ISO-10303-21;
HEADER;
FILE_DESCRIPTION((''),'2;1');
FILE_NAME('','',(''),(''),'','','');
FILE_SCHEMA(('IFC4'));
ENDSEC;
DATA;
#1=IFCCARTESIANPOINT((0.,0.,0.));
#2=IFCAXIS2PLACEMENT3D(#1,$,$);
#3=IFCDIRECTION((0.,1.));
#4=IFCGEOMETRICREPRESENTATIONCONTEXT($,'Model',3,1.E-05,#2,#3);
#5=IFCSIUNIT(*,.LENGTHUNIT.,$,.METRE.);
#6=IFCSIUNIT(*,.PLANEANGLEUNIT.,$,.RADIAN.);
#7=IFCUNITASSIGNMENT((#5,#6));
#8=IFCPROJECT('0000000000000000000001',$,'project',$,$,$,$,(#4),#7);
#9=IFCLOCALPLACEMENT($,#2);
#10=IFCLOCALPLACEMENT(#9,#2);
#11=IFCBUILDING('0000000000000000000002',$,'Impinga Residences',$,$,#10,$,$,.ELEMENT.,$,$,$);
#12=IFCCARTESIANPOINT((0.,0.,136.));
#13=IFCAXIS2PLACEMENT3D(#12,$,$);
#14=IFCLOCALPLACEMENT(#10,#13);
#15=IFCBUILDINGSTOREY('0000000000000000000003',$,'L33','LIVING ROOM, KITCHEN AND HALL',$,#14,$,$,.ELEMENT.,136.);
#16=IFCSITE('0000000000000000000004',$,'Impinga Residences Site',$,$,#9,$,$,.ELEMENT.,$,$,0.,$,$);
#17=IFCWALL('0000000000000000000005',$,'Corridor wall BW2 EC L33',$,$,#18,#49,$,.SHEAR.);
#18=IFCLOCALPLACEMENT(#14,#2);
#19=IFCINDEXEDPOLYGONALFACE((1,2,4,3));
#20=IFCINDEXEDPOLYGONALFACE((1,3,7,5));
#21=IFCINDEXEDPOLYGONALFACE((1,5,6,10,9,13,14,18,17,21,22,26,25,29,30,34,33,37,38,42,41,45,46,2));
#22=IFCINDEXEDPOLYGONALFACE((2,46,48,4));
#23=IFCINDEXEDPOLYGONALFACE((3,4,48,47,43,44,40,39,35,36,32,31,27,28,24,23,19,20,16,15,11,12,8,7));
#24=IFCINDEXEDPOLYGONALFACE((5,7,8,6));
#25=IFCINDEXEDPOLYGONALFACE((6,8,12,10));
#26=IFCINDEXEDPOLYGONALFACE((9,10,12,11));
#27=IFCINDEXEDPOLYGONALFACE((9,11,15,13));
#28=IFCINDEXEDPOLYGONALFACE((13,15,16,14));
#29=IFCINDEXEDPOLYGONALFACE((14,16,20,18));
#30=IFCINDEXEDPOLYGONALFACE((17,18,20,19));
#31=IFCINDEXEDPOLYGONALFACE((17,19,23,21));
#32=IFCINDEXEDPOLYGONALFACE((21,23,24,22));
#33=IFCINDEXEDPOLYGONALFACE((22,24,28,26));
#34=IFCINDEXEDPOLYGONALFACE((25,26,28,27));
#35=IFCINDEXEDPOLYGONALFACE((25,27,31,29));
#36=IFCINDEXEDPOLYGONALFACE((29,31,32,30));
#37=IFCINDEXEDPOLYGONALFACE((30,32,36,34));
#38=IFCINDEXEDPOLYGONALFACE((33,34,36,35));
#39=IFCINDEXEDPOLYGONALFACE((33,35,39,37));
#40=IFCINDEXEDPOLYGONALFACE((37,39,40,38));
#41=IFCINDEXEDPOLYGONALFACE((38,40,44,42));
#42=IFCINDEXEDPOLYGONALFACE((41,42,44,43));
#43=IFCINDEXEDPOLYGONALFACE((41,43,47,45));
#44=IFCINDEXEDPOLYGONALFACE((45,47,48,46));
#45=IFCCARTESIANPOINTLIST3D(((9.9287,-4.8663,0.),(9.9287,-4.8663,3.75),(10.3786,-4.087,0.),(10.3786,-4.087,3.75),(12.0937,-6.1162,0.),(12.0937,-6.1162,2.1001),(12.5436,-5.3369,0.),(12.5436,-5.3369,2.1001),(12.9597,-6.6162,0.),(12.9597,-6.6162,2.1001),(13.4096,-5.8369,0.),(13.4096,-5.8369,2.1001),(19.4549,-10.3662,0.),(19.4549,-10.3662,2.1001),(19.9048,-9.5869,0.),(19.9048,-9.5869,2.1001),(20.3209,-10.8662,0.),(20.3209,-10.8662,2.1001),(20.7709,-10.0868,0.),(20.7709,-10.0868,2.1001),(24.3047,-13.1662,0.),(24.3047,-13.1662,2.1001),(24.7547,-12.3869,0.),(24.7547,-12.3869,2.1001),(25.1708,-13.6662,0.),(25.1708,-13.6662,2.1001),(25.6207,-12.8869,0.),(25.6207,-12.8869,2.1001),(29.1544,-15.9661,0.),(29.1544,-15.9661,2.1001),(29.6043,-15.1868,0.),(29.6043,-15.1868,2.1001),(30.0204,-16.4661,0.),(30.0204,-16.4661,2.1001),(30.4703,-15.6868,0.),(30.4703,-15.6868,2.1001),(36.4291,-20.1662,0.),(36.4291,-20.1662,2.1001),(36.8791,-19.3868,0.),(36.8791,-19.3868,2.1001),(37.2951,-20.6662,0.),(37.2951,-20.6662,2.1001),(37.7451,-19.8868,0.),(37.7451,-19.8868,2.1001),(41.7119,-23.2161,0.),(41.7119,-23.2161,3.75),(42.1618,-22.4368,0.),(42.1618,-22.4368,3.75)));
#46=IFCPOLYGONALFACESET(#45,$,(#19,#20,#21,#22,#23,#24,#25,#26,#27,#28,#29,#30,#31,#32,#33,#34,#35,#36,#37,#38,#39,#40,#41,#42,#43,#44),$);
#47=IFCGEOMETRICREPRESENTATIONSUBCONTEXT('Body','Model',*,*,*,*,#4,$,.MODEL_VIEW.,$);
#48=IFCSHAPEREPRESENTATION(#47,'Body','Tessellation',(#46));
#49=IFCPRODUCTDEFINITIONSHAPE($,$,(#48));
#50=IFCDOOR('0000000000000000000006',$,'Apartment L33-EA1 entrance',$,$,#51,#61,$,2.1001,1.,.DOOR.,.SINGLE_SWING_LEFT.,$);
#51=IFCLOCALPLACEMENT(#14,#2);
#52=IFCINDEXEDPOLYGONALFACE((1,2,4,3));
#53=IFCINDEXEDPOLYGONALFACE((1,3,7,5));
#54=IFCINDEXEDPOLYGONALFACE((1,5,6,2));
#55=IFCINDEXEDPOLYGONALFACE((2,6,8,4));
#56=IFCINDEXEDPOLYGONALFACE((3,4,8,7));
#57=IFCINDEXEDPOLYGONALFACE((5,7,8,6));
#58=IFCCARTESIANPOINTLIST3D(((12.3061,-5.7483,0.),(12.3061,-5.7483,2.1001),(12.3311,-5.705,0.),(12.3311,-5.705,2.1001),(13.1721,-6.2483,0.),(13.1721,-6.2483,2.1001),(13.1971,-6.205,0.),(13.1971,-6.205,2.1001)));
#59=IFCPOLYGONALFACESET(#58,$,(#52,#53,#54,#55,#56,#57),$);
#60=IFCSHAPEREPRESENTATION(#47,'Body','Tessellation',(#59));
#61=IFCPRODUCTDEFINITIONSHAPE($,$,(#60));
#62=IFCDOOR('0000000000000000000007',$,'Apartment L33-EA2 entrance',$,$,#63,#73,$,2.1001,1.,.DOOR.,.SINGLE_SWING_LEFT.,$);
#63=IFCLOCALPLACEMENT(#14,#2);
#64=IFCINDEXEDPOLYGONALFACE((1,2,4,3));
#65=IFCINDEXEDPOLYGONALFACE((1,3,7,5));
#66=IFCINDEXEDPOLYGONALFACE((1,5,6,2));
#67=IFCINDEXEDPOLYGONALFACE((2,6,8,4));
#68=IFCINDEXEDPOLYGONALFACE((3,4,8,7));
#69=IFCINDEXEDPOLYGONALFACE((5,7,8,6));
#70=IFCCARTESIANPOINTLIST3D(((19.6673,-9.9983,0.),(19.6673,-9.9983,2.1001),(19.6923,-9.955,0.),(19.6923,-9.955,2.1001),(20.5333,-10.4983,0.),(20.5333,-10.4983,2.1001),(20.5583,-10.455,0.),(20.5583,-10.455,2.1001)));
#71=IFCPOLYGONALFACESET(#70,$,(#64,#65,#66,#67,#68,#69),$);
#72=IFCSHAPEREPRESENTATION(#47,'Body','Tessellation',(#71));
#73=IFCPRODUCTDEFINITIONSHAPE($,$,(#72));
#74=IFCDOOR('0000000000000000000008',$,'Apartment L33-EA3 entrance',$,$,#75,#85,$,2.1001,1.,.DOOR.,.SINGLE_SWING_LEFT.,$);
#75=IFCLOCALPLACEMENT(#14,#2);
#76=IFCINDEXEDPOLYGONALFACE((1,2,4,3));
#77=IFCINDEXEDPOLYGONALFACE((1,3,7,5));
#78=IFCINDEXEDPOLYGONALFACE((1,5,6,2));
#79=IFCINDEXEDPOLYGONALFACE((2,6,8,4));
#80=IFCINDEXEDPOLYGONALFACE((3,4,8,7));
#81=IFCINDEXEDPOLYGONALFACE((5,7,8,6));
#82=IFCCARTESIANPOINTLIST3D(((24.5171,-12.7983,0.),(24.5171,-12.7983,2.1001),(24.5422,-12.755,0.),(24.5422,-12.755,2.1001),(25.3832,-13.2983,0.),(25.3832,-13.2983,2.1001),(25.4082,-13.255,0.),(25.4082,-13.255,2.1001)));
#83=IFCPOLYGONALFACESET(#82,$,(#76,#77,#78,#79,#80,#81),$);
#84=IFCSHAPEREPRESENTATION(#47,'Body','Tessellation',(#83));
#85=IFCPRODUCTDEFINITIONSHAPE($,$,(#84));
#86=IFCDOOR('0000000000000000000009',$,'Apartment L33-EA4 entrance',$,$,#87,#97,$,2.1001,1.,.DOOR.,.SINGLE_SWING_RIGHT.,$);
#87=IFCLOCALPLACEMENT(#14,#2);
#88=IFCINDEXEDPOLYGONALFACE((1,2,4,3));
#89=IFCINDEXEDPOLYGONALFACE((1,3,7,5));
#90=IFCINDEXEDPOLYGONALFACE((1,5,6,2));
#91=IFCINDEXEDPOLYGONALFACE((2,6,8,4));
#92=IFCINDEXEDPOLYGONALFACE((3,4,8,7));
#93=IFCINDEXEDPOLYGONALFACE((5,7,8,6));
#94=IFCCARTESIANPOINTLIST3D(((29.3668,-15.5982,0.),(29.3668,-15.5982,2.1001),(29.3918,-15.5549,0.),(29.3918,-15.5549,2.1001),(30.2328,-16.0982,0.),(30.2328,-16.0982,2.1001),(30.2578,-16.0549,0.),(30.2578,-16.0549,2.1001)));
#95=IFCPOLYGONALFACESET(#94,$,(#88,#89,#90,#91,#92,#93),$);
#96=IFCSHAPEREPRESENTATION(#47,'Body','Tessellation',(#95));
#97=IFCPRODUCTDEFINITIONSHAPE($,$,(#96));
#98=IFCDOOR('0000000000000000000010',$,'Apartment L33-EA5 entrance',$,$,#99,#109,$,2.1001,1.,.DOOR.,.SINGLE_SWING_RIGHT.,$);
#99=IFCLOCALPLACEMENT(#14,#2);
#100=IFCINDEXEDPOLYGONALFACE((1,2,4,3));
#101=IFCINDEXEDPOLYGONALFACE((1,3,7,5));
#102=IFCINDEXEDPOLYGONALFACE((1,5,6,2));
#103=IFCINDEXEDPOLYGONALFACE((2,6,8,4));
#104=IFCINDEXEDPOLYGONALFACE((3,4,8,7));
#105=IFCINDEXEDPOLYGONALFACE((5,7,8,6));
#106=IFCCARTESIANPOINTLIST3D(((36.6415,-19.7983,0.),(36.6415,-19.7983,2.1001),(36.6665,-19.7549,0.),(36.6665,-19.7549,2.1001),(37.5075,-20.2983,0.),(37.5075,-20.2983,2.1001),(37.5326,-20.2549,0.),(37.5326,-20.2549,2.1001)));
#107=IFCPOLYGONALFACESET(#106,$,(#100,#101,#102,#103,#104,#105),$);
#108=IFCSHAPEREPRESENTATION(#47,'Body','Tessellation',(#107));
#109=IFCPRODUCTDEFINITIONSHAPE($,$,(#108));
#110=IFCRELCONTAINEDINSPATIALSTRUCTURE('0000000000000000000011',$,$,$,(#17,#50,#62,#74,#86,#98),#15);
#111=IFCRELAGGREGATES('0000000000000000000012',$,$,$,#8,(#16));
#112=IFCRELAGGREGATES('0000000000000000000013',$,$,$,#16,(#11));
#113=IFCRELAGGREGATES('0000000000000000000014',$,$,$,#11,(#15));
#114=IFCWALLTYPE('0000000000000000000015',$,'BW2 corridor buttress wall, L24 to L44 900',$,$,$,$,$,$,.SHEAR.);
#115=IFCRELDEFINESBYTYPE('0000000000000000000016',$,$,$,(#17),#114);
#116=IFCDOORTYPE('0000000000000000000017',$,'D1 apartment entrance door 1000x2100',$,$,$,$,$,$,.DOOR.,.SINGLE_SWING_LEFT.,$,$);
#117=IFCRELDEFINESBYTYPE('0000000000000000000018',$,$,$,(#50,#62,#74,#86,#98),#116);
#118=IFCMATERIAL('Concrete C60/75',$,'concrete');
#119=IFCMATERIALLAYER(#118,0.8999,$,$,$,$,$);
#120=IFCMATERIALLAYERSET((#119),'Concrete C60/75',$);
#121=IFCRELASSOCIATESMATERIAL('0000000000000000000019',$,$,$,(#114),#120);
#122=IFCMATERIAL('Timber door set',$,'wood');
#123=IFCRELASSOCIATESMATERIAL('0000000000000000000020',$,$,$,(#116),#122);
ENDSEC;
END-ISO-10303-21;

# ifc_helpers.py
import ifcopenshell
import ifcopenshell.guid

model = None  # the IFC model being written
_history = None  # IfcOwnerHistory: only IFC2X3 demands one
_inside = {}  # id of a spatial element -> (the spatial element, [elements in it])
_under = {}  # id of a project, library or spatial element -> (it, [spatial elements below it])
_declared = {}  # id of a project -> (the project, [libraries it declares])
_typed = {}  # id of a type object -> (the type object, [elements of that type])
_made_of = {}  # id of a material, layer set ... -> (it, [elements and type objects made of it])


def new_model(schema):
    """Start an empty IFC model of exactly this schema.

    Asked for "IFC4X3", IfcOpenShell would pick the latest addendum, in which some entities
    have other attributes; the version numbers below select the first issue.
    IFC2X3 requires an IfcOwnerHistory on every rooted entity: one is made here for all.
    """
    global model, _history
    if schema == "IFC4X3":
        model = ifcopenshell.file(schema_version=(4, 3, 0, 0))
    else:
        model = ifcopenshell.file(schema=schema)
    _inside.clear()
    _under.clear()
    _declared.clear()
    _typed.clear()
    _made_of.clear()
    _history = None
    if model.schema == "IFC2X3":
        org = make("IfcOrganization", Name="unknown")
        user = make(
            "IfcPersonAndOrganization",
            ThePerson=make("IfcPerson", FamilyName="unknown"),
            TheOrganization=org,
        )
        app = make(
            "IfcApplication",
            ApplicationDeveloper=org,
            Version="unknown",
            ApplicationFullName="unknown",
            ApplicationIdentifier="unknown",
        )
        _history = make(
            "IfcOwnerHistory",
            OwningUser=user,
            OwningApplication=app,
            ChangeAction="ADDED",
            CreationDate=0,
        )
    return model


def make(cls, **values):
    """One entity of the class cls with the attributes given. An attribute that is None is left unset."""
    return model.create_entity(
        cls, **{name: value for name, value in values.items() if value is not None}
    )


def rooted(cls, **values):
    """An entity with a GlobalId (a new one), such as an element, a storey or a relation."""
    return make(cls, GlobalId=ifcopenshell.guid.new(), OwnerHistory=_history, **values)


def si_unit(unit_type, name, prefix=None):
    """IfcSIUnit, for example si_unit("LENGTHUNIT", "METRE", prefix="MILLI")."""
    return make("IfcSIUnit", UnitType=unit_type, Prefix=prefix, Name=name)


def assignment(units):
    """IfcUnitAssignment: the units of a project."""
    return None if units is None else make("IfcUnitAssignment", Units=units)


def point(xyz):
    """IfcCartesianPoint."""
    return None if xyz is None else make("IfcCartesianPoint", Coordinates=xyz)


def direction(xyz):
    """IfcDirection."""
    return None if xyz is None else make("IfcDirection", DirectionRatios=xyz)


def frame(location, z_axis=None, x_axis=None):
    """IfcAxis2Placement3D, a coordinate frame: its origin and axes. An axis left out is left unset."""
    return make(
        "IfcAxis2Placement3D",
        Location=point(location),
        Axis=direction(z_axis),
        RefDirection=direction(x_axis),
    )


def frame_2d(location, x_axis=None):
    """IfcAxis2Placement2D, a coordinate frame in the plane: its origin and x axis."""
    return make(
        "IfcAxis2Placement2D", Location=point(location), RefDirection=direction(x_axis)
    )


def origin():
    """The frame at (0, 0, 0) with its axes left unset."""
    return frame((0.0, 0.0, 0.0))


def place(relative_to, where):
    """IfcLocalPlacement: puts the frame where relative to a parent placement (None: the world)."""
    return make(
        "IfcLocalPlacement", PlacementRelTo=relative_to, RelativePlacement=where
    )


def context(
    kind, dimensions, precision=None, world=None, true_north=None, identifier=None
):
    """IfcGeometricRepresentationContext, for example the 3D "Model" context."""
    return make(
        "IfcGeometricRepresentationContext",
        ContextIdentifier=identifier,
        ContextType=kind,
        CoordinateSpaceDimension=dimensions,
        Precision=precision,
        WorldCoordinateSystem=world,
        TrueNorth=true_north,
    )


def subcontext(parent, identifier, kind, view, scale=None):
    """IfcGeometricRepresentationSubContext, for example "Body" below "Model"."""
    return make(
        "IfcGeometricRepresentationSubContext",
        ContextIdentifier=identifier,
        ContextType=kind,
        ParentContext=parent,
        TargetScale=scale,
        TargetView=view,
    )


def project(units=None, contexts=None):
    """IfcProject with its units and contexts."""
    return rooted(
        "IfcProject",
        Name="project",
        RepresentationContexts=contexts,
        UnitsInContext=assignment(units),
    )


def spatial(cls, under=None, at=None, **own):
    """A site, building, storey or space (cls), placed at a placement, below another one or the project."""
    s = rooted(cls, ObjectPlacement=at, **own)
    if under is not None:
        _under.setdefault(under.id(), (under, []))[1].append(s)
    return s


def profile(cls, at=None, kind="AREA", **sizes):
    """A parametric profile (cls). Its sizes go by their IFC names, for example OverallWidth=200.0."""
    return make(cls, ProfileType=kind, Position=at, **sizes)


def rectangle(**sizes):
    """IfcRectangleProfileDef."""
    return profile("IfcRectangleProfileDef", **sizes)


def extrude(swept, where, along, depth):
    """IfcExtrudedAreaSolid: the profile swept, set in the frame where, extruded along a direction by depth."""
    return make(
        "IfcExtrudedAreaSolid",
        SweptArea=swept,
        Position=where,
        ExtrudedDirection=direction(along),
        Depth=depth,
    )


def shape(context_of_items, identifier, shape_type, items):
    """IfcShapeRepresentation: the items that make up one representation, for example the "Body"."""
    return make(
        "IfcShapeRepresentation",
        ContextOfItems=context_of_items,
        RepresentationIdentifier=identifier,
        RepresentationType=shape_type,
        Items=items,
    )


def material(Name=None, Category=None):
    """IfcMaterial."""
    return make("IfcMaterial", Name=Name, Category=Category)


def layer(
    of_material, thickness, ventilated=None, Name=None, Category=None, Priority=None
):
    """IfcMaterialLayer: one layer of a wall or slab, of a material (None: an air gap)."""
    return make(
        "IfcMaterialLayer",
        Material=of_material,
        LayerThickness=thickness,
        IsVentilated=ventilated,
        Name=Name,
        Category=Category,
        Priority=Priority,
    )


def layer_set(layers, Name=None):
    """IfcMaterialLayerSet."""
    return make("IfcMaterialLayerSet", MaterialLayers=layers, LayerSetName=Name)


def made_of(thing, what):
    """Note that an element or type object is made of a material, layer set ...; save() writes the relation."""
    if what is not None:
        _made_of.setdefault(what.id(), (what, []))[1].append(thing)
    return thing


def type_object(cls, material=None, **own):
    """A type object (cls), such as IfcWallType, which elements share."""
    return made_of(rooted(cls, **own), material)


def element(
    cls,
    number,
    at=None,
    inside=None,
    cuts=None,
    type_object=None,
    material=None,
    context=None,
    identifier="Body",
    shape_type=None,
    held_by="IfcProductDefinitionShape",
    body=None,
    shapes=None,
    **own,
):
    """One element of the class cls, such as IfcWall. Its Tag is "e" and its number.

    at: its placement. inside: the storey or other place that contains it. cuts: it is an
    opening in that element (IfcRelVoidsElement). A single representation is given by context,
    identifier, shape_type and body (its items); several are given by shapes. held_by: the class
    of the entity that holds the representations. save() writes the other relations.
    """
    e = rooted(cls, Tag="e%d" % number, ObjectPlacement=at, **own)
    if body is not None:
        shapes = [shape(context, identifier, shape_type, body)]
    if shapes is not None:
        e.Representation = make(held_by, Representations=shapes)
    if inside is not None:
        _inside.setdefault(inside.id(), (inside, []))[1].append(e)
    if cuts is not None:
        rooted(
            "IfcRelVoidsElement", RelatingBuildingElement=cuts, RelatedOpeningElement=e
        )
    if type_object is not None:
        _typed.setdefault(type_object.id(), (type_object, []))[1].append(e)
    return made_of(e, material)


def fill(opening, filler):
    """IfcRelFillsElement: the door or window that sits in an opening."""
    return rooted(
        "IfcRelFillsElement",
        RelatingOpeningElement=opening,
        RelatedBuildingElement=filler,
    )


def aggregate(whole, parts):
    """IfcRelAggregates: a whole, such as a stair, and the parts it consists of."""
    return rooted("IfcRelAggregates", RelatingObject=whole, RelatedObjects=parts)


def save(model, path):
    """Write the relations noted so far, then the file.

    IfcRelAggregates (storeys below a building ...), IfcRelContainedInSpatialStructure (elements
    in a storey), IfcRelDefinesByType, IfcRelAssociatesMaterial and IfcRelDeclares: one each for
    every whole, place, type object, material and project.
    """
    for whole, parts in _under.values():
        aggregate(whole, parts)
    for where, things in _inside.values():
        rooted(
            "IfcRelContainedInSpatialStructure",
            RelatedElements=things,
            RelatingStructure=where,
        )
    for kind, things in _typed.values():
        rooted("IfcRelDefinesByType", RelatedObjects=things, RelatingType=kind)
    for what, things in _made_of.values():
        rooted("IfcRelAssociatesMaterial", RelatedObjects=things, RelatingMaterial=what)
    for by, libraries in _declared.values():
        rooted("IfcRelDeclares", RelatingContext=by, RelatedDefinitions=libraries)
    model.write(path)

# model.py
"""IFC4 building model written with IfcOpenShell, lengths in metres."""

from ifc_helpers import new_model, si_unit, direction, frame, frame_2d, origin, place, context, subcontext, project, spatial, rectangle, extrude, material, layer, layer_set, type_object, element, fill, save


model = new_model("IFC4")

# Units and contexts
model_context = context("Model", 3, precision=1e-05, world=origin(), true_north=direction((0.0, 1.0)))
body_context = subcontext(model_context, "Body", "Model", "MODEL_VIEW")
ifc_project = project(units=[si_unit("LENGTHUNIT", "METRE"), si_unit("PLANEANGLEUNIT", "RADIAN")], contexts=[model_context])

# Site, building, storey
site_placement = place(None, origin())
site = spatial("IfcSite", under=ifc_project, at=site_placement, Name="Impinga Residences Site", CompositionType="ELEMENT", RefElevation=0.0)
building_placement = place(site_placement, origin())
building = spatial("IfcBuilding", under=site, at=building_placement, Name="Impinga Residences", CompositionType="ELEMENT")
storey_placement = place(building_placement, frame((0.0, 0.0, 136.0)))
storey = spatial("IfcBuildingStorey", under=building, at=storey_placement, Name="L33", Description="LIVING ROOM, KITCHEN AND HALL", CompositionType="ELEMENT", Elevation=136.0)

# Wall, openings, doors
ifc_material_1 = material(Name="Concrete C60/75", Category="concrete")
ifc_layer_1 = layer(ifc_material_1, 0.8999)
ifc_layer_set_1 = layer_set([ifc_layer_1], Name="Concrete C60/75")
wall_type_1 = type_object("IfcWallType", Name="BW2 corridor buttress wall, L24 to L44 900", PredefinedType="SHEAR", material=ifc_layer_set_1)
wall_1_placement = place(storey_placement, frame((10.1536, -4.4766, 0.0), z_axis=(0.0, 0.0, 1.0), x_axis=(0.866028, -0.499996, 0.0)))
wall_1 = element("IfcWall", 1, at=wall_1_placement, inside=storey, type_object=wall_type_1, Name="Corridor wall BW2 EC L33", PredefinedType="SHEAR", context=body_context, shape_type="SweptSolid", body=[
    extrude(rectangle(XDim=36.7, YDim=0.8999, at=frame_2d((18.3501, 0.0))), origin(), (0.0, 0.0, 1.0), 3.75),
])
opening_1_placement = place(wall_1_placement, frame((2.5, 0.0, 0.0)))
opening_1 = element("IfcOpeningElement", 2, at=opening_1_placement, cuts=wall_1, PredefinedType="OPENING", context=body_context, shape_type="SweptSolid", body=[
    extrude(rectangle(XDim=1.0, YDim=2.1001, at=frame_2d((0.5, 1.05))), frame((0.0, 0.46, 0.0), z_axis=(0.0, -1.0, 0.0), x_axis=(1.0, 0.0, 0.0)), (0.0, 0.0, 1.0), 0.9199),
])
opening_2_placement = place(wall_1_placement, frame((11.0, 0.0, 0.0)))
opening_2 = element("IfcOpeningElement", 3, at=opening_2_placement, cuts=wall_1, PredefinedType="OPENING", context=body_context, shape_type="SweptSolid", body=[
    extrude(rectangle(XDim=1.0, YDim=2.1001, at=frame_2d((0.5, 1.05))), frame((0.0, 0.46, 0.0), z_axis=(0.0, -1.0, 0.0), x_axis=(1.0, 0.0, 0.0)), (0.0, 0.0, 1.0), 0.9199),
])
opening_3_placement = place(wall_1_placement, frame((16.6001, 0.0, 0.0)))
opening_3 = element("IfcOpeningElement", 4, at=opening_3_placement, cuts=wall_1, PredefinedType="OPENING", context=body_context, shape_type="SweptSolid", body=[
    extrude(rectangle(XDim=1.0, YDim=2.1001, at=frame_2d((0.5, 1.05))), frame((0.0, 0.46, 0.0), z_axis=(0.0, -1.0, 0.0), x_axis=(1.0, 0.0, 0.0)), (0.0, 0.0, 1.0), 0.9199),
])
opening_4_placement = place(wall_1_placement, frame((22.2, 0.0, 0.0)))
opening_4 = element("IfcOpeningElement", 5, at=opening_4_placement, cuts=wall_1, PredefinedType="OPENING", context=body_context, shape_type="SweptSolid", body=[
    extrude(rectangle(XDim=1.0, YDim=2.1001, at=frame_2d((0.5, 1.05))), frame((0.0, 0.46, 0.0), z_axis=(0.0, -1.0, 0.0), x_axis=(1.0, 0.0, 0.0)), (0.0, 0.0, 1.0), 0.9199),
])
opening_5_placement = place(wall_1_placement, frame((30.6001, 0.0, 0.0)))
opening_5 = element("IfcOpeningElement", 6, at=opening_5_placement, cuts=wall_1, PredefinedType="OPENING", context=body_context, shape_type="SweptSolid", body=[
    extrude(rectangle(XDim=1.0, YDim=2.1001, at=frame_2d((0.5, 1.05))), frame((0.0, 0.46, 0.0), z_axis=(0.0, -1.0, 0.0), x_axis=(1.0, 0.0, 0.0)), (0.0, 0.0, 1.0), 0.9199),
])
ifc_material_2 = material(Name="Timber door set", Category="wood")
door_type_1 = type_object("IfcDoorType", Name="D1 apartment entrance door 1000x2100", OperationType="SINGLE_SWING_LEFT", PredefinedType="DOOR", material=ifc_material_2)
door_1_placement = place(opening_1_placement, origin())
door_1 = element("IfcDoor", 7, at=door_1_placement, inside=storey, type_object=door_type_1, Name="Apartment L33-EA1 entrance", OperationType="SINGLE_SWING_LEFT", OverallHeight=2.1001, OverallWidth=1.0, PredefinedType="DOOR", context=body_context, shape_type="SweptSolid", body=[
    extrude(rectangle(XDim=1.0, YDim=2.1001, at=frame_2d((0.5, 1.05))), frame((0.0, 0.0249, 0.0), z_axis=(0.0, -1.0, 0.0), x_axis=(1.0, 0.0, 0.0)), (0.0, 0.0, 1.0), 0.05),
])
fill(opening_1, door_1)
door_2_placement = place(opening_2_placement, origin())
door_2 = element("IfcDoor", 8, at=door_2_placement, inside=storey, type_object=door_type_1, Name="Apartment L33-EA2 entrance", OperationType="SINGLE_SWING_LEFT", OverallHeight=2.1001, OverallWidth=1.0, PredefinedType="DOOR", context=body_context, shape_type="SweptSolid", body=[
    extrude(rectangle(XDim=1.0, YDim=2.1001, at=frame_2d((0.5, 1.05))), frame((0.0, 0.0249, 0.0), z_axis=(0.0, -1.0, 0.0), x_axis=(1.0, 0.0, 0.0)), (0.0, 0.0, 1.0), 0.05),
])
fill(opening_2, door_2)
door_3_placement = place(opening_3_placement, origin())
door_3 = element("IfcDoor", 9, at=door_3_placement, inside=storey, type_object=door_type_1, Name="Apartment L33-EA3 entrance", OperationType="SINGLE_SWING_LEFT", OverallHeight=2.1001, OverallWidth=1.0, PredefinedType="DOOR", context=body_context, shape_type="SweptSolid", body=[
    extrude(rectangle(XDim=1.0, YDim=2.1001, at=frame_2d((0.5, 1.05))), frame((0.0, 0.0249, 0.0), z_axis=(0.0, -1.0, 0.0), x_axis=(1.0, 0.0, 0.0)), (0.0, 0.0, 1.0), 0.05),
])
fill(opening_3, door_3)
door_4_placement = place(opening_4_placement, origin())
door_4 = element("IfcDoor", 10, at=door_4_placement, inside=storey, type_object=door_type_1, Name="Apartment L33-EA4 entrance", OperationType="SINGLE_SWING_RIGHT", OverallHeight=2.1001, OverallWidth=1.0, PredefinedType="DOOR", context=body_context, shape_type="SweptSolid", body=[
    extrude(rectangle(XDim=1.0, YDim=2.1001, at=frame_2d((0.5, 1.05))), frame((0.0, 0.0249, 0.0), z_axis=(0.0, -1.0, 0.0), x_axis=(1.0, 0.0, 0.0)), (0.0, 0.0, 1.0), 0.05),
])
fill(opening_4, door_4)
door_5_placement = place(opening_5_placement, origin())
door_5 = element("IfcDoor", 11, at=door_5_placement, inside=storey, type_object=door_type_1, Name="Apartment L33-EA5 entrance", OperationType="SINGLE_SWING_RIGHT", OverallHeight=2.1001, OverallWidth=1.0, PredefinedType="DOOR", context=body_context, shape_type="SweptSolid", body=[
    extrude(rectangle(XDim=1.0, YDim=2.1001, at=frame_2d((0.5, 1.05))), frame((0.0, 0.0249, 0.0), z_axis=(0.0, -1.0, 0.0), x_axis=(1.0, 0.0, 0.0)), (0.0, 0.0, 1.0), 0.05),
])
fill(opening_5, door_5)

save(model, "model.ifc")
